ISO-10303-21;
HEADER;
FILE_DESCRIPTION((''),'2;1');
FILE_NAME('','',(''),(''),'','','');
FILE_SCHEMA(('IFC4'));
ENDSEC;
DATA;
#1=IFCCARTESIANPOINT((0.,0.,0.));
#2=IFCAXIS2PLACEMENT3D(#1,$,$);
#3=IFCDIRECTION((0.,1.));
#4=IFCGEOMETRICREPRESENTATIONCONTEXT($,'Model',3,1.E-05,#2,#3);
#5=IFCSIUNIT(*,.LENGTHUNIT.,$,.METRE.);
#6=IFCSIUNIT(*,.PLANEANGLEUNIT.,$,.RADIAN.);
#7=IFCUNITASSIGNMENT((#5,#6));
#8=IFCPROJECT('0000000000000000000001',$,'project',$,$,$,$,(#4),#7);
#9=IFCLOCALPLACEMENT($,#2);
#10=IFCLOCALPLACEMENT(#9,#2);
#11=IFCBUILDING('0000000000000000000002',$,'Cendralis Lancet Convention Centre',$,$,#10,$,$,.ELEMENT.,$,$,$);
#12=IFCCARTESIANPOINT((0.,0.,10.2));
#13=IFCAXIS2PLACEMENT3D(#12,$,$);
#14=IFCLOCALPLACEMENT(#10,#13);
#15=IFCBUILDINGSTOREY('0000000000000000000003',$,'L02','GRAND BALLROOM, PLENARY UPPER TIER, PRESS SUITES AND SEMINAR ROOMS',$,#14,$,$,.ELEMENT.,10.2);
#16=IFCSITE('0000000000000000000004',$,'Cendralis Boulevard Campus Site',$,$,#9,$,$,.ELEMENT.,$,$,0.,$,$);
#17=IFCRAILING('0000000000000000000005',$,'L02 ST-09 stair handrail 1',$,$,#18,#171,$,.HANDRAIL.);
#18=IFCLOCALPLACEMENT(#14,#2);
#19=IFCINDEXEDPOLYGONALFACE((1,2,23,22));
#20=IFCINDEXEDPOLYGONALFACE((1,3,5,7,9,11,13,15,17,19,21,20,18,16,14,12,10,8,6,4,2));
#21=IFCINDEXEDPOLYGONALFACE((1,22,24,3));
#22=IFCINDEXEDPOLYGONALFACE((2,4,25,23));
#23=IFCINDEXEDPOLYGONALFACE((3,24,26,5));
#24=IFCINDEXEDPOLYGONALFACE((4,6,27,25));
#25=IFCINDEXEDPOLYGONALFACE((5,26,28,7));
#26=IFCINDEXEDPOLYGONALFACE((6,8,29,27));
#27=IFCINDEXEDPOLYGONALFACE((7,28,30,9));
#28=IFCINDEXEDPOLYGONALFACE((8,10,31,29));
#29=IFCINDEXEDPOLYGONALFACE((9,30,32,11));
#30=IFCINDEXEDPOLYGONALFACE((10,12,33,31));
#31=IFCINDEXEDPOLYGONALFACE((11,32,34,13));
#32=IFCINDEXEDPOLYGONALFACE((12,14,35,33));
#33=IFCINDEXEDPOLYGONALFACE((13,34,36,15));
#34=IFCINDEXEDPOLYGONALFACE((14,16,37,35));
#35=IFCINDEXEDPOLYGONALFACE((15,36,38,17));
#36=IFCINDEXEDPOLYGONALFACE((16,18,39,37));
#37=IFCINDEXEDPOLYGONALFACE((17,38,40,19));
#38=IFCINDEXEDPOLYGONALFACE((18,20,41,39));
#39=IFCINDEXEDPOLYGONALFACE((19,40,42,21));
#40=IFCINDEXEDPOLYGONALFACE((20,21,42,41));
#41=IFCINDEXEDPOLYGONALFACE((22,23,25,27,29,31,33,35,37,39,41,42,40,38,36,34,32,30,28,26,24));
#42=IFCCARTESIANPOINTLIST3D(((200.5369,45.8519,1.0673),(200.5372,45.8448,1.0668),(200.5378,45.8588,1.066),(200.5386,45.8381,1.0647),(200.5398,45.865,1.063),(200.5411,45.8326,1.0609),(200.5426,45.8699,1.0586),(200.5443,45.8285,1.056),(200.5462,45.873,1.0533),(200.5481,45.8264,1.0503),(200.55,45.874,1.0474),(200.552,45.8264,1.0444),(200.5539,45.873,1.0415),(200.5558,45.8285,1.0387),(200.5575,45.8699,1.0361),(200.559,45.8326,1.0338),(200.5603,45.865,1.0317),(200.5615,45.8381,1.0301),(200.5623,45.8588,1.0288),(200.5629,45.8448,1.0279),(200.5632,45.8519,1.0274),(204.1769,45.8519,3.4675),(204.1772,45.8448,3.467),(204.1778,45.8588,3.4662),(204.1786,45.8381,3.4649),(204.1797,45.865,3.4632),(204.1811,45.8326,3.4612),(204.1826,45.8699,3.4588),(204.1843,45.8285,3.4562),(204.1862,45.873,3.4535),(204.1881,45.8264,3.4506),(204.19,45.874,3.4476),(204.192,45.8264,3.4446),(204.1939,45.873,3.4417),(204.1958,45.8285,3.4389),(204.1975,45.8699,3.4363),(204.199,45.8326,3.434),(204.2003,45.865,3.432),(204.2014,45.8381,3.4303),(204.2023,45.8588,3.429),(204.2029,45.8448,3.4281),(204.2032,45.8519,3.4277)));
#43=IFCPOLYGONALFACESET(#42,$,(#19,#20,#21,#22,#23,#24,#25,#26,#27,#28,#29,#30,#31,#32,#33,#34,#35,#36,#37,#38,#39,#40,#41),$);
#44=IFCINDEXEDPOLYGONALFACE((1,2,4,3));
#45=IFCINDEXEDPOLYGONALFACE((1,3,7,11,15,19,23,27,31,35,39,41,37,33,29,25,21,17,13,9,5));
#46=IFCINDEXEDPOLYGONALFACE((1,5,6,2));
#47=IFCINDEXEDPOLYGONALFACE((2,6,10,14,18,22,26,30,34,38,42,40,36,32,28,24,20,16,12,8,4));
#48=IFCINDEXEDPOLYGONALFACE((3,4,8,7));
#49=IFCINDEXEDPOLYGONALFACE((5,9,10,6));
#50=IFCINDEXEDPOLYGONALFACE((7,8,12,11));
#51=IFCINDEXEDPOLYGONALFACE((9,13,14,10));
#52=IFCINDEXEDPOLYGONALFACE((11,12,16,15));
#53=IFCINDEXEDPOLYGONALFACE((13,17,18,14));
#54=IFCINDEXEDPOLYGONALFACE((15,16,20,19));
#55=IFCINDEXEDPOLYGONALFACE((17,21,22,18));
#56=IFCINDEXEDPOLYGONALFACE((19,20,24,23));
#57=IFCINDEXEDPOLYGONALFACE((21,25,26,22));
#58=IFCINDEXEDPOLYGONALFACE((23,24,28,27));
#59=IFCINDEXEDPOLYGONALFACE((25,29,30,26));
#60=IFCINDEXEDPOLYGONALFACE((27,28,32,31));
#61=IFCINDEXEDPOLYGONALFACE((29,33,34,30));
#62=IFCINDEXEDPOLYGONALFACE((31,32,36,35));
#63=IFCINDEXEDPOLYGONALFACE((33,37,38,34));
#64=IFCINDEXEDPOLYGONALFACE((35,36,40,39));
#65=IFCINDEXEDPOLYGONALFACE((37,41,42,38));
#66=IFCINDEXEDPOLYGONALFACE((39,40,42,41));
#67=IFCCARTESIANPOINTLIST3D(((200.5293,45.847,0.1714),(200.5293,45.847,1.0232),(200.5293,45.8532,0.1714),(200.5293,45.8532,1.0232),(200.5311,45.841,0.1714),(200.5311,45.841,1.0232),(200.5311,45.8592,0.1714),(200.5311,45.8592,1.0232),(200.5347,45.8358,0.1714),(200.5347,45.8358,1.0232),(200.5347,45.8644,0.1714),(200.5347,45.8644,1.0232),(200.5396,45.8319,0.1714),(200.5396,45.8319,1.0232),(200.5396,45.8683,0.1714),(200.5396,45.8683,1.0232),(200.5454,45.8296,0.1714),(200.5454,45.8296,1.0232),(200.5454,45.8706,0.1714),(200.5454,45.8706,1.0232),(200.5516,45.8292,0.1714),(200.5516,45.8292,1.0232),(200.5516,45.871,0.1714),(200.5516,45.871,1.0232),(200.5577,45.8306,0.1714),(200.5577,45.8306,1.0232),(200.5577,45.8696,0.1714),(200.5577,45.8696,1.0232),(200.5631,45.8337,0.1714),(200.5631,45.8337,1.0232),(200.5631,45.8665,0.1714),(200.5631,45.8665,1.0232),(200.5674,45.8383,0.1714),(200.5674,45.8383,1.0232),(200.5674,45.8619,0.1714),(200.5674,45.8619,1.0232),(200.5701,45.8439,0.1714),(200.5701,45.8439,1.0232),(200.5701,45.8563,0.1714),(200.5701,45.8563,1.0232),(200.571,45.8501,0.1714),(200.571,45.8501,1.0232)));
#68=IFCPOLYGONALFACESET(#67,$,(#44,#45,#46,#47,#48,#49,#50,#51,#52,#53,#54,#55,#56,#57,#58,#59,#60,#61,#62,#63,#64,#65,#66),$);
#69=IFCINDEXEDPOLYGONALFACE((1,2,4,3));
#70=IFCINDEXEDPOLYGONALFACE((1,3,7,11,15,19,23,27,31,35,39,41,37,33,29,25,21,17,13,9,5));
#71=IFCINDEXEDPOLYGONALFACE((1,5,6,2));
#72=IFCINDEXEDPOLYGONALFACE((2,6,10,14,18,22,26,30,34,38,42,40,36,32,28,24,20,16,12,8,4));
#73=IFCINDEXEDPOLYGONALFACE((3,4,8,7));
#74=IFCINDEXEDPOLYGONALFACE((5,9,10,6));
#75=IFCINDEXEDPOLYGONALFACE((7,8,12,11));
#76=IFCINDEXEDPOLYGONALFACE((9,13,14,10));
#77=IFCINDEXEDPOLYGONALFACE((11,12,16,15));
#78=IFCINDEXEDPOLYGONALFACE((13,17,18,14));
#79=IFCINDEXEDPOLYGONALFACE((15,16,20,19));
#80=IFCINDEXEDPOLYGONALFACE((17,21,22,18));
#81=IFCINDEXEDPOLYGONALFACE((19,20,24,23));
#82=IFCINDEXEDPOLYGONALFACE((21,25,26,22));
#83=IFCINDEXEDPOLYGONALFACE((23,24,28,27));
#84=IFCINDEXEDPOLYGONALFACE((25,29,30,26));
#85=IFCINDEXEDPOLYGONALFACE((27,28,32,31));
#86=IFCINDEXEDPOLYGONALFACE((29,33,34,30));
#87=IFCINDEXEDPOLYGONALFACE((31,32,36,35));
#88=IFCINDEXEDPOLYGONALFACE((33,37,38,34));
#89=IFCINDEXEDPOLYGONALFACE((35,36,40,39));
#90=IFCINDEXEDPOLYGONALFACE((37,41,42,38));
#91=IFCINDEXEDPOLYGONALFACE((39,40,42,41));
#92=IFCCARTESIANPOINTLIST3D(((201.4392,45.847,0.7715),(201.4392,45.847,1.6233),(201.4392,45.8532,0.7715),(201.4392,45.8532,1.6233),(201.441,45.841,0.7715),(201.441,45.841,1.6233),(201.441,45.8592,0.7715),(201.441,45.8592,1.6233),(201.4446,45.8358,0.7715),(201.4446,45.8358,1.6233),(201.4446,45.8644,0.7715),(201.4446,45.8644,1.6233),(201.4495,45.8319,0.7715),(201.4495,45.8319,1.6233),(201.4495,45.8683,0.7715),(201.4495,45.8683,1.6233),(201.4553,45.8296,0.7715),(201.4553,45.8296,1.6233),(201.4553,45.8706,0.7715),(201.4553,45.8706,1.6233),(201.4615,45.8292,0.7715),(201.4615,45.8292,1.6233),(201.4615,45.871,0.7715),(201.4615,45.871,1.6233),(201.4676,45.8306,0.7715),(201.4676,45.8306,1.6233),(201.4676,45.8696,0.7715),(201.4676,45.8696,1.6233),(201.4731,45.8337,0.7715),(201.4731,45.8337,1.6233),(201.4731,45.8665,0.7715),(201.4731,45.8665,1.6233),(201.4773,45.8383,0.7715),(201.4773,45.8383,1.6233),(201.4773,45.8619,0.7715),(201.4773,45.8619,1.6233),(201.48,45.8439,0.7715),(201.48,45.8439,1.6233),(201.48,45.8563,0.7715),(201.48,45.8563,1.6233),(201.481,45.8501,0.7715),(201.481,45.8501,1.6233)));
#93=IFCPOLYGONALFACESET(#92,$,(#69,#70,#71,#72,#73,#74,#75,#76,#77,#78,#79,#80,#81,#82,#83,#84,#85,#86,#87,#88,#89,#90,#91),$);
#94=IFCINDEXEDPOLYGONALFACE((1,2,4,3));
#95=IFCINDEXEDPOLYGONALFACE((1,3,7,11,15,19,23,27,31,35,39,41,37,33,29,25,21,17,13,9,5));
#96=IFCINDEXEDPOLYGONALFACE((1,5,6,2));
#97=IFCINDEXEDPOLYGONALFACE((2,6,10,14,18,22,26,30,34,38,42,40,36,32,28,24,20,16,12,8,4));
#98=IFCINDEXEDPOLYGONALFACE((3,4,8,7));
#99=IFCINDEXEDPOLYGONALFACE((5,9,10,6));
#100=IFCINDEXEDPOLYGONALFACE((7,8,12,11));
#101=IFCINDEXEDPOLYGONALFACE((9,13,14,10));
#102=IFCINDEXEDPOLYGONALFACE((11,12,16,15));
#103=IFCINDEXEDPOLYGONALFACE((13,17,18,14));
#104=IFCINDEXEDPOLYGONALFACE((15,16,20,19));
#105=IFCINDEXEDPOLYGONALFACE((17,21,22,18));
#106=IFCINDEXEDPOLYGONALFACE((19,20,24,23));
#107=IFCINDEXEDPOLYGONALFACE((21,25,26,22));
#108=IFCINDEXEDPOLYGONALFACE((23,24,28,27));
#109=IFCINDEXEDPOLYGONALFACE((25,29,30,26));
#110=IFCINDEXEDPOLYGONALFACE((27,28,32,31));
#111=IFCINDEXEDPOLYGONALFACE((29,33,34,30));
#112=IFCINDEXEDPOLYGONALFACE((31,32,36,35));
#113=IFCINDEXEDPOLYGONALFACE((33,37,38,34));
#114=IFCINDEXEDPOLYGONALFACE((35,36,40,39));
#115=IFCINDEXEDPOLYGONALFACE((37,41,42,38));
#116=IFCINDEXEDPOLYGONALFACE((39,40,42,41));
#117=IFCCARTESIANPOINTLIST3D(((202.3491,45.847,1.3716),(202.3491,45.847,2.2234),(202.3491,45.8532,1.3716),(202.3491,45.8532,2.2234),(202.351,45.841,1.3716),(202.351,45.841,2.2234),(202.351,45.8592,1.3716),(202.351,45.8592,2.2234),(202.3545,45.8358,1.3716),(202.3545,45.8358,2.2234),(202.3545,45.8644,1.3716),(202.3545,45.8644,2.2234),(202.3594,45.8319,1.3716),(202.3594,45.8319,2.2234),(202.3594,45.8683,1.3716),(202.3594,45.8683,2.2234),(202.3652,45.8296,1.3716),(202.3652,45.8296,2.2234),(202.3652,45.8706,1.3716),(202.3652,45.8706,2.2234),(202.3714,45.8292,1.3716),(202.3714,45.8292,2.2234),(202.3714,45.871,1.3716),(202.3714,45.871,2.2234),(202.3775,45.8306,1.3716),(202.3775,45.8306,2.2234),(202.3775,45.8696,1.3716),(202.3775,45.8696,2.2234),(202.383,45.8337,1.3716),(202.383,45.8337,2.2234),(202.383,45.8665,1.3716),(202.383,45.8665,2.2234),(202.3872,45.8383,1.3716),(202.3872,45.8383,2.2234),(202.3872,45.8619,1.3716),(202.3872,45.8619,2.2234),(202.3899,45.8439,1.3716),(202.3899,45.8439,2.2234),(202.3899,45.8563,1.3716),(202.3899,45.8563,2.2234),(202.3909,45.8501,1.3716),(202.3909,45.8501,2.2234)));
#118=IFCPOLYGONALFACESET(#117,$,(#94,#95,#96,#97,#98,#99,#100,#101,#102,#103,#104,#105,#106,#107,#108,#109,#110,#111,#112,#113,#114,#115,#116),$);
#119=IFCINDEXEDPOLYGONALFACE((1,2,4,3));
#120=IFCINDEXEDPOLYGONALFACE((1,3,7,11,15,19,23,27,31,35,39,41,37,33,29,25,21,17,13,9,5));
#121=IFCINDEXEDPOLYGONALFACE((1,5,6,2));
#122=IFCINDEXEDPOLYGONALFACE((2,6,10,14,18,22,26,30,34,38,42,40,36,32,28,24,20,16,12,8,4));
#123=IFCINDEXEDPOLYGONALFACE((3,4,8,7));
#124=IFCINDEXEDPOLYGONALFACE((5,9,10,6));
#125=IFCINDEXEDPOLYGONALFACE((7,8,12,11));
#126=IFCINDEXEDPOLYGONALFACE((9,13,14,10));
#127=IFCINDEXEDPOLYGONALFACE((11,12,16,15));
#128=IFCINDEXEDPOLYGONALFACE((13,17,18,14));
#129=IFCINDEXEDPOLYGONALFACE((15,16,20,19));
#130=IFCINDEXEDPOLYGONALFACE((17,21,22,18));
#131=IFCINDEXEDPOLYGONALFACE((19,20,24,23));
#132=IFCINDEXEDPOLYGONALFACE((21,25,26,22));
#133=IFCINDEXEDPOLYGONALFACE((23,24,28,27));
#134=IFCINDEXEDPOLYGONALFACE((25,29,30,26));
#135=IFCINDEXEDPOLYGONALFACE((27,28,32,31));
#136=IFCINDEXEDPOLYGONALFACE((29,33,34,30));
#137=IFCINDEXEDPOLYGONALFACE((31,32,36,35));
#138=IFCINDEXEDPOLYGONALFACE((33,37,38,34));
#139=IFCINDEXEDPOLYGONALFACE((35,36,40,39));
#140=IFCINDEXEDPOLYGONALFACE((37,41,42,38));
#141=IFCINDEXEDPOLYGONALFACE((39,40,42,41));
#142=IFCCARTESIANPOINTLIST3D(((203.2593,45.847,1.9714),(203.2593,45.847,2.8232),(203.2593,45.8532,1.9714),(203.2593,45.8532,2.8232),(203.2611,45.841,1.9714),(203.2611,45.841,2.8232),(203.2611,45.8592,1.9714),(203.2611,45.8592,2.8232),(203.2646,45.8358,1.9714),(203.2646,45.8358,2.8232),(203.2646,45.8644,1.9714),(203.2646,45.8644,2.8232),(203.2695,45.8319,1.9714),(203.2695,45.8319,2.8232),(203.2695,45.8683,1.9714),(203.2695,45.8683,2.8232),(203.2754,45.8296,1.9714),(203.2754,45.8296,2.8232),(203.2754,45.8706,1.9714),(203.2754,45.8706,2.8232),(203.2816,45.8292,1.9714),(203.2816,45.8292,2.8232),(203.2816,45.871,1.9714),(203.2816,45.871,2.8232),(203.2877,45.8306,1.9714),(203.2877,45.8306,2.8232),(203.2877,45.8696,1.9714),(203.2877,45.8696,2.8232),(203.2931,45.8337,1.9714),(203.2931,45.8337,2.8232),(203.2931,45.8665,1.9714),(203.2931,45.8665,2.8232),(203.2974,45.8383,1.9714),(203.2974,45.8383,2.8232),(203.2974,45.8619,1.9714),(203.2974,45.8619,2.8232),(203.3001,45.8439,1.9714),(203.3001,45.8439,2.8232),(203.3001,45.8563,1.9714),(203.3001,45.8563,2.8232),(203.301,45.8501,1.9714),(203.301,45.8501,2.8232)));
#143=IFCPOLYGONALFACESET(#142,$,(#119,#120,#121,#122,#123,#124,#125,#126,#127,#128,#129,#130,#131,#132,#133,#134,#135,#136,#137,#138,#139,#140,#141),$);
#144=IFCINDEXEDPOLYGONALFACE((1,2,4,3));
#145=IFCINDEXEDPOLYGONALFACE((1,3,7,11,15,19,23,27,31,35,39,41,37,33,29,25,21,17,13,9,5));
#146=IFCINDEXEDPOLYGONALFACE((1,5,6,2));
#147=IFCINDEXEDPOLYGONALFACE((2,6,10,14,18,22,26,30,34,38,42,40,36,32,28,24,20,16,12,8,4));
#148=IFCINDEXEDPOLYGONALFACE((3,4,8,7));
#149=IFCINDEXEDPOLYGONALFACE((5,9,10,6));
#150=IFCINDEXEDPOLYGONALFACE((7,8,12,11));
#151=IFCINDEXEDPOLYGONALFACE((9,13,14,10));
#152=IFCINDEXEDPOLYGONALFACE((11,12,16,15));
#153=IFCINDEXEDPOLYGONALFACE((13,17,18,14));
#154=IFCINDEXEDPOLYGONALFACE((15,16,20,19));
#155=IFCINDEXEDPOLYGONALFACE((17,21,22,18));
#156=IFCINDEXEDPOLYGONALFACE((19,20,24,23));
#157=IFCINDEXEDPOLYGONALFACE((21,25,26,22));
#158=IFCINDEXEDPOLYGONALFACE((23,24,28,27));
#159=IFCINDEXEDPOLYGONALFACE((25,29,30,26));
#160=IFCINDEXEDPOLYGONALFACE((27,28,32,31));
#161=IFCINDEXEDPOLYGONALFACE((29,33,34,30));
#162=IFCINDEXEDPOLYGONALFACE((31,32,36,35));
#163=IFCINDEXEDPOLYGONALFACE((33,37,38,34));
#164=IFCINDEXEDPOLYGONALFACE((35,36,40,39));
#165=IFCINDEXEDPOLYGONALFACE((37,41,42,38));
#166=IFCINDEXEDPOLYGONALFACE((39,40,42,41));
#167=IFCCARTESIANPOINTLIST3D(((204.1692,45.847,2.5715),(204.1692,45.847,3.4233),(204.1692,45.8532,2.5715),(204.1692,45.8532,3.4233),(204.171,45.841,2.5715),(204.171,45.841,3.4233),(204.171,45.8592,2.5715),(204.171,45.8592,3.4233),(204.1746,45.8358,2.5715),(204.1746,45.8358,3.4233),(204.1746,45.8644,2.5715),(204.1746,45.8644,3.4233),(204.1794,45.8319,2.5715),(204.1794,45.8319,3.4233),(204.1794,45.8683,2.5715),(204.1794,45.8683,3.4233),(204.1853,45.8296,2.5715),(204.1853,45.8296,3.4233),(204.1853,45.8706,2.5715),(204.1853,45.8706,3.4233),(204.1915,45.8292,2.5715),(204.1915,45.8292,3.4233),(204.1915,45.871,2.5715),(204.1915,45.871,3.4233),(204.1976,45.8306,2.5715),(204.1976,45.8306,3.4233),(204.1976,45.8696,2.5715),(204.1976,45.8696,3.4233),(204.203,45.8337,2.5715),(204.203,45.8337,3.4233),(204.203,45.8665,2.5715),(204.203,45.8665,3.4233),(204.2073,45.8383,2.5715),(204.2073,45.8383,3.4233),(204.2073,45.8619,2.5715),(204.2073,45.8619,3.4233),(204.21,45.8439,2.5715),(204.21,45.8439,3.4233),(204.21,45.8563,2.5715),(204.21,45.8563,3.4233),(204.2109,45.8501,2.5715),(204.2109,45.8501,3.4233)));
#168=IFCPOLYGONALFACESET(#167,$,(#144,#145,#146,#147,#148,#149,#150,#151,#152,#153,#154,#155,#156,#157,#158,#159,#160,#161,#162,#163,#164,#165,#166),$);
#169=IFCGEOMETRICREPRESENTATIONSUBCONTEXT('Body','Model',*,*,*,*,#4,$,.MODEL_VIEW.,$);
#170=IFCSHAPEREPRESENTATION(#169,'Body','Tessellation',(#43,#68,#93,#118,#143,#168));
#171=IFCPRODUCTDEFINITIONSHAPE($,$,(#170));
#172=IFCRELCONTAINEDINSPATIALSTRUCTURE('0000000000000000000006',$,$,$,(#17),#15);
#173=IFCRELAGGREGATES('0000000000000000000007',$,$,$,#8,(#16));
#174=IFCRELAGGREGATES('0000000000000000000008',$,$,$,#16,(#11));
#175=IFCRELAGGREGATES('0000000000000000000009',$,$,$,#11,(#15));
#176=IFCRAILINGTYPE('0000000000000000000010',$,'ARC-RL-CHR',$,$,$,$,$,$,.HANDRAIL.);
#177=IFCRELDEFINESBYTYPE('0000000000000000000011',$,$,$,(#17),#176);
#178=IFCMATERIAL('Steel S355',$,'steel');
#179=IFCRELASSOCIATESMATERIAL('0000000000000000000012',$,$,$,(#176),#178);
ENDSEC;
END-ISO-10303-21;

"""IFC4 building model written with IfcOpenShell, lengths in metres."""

from ifc_helpers import new_model, si_unit, direction, frame, origin, origin_2d, place, context, subcontext, project, spatial, circle, extrude, material, type_object, element, save


model = new_model("IFC4")

# Units and contexts
model_context = context("Model", 3, precision=1e-05, world=origin(), true_north=direction((0.0, 1.0)))
body_context = subcontext(model_context, "Body", "Model", "MODEL_VIEW")
ifc_project = project(units=[si_unit("LENGTHUNIT", "METRE"), si_unit("PLANEANGLEUNIT", "RADIAN")], contexts=[model_context])

# Site, building, storey
site_placement = place(None, origin())
site = spatial("IfcSite", under=ifc_project, at=site_placement, Name="Cendralis Boulevard Campus Site", CompositionType="ELEMENT", RefElevation=0.0)
building_placement = place(site_placement, origin())
building = spatial("IfcBuilding", under=site, at=building_placement, Name="Cendralis Lancet Convention Centre", CompositionType="ELEMENT")
storey_placement = place(building_placement, frame((0.0, 0.0, 10.2)))
storey = spatial("IfcBuildingStorey", under=building, at=storey_placement, Name="L02", Description="GRAND BALLROOM, PLENARY UPPER TIER, PRESS SUITES AND SEMINAR ROOMS", CompositionType="ELEMENT", Elevation=10.2)

# Shared definitions
ifc_material_1 = material(Name="Steel S355", Category="steel")

# Railing
railing_type_1 = type_object("IfcRailingType", Name="ARC-RL-CHR", PredefinedType="HANDRAIL", material=ifc_material_1)
railing_1_placement = place(storey_placement, frame((200.55, 45.8501, 0.1714)))
element("IfcRailing", 1, at=railing_1_placement, inside=storey, type_object=railing_type_1, Name="L02 ST-09 stair handrail 1", PredefinedType="HANDRAIL", context=body_context, shape_type="SweptSolid", body=[
    extrude(circle(Radius=0.0239, at=origin_2d()), frame((0.0, 0.0, 0.876), z_axis=(0.834839, 0.0, 0.550493), x_axis=(0.0, 1.0, 0.0)), (0.0, 0.0, 1.0), 4.3601),
    extrude(circle(Radius=0.021, at=origin_2d()), origin(), (0.0, 0.0, 1.0), 0.8518),
    extrude(circle(Radius=0.021, at=origin_2d()), frame((0.9099, 0.0, 0.6001)), (0.0, 0.0, 1.0), 0.8518),
    extrude(circle(Radius=0.021, at=origin_2d()), frame((1.8198, 0.0, 1.2002)), (0.0, 0.0, 1.0), 0.8518),
    extrude(circle(Radius=0.021, at=origin_2d()), frame((2.73, 0.0, 1.8)), (0.0, 0.0, 1.0), 0.8518),
    extrude(circle(Radius=0.021, at=origin_2d()), frame((3.6399, 0.0, 2.4001)), (0.0, 0.0, 1.0), 0.8518),
])

save(model, "model.ifc")
